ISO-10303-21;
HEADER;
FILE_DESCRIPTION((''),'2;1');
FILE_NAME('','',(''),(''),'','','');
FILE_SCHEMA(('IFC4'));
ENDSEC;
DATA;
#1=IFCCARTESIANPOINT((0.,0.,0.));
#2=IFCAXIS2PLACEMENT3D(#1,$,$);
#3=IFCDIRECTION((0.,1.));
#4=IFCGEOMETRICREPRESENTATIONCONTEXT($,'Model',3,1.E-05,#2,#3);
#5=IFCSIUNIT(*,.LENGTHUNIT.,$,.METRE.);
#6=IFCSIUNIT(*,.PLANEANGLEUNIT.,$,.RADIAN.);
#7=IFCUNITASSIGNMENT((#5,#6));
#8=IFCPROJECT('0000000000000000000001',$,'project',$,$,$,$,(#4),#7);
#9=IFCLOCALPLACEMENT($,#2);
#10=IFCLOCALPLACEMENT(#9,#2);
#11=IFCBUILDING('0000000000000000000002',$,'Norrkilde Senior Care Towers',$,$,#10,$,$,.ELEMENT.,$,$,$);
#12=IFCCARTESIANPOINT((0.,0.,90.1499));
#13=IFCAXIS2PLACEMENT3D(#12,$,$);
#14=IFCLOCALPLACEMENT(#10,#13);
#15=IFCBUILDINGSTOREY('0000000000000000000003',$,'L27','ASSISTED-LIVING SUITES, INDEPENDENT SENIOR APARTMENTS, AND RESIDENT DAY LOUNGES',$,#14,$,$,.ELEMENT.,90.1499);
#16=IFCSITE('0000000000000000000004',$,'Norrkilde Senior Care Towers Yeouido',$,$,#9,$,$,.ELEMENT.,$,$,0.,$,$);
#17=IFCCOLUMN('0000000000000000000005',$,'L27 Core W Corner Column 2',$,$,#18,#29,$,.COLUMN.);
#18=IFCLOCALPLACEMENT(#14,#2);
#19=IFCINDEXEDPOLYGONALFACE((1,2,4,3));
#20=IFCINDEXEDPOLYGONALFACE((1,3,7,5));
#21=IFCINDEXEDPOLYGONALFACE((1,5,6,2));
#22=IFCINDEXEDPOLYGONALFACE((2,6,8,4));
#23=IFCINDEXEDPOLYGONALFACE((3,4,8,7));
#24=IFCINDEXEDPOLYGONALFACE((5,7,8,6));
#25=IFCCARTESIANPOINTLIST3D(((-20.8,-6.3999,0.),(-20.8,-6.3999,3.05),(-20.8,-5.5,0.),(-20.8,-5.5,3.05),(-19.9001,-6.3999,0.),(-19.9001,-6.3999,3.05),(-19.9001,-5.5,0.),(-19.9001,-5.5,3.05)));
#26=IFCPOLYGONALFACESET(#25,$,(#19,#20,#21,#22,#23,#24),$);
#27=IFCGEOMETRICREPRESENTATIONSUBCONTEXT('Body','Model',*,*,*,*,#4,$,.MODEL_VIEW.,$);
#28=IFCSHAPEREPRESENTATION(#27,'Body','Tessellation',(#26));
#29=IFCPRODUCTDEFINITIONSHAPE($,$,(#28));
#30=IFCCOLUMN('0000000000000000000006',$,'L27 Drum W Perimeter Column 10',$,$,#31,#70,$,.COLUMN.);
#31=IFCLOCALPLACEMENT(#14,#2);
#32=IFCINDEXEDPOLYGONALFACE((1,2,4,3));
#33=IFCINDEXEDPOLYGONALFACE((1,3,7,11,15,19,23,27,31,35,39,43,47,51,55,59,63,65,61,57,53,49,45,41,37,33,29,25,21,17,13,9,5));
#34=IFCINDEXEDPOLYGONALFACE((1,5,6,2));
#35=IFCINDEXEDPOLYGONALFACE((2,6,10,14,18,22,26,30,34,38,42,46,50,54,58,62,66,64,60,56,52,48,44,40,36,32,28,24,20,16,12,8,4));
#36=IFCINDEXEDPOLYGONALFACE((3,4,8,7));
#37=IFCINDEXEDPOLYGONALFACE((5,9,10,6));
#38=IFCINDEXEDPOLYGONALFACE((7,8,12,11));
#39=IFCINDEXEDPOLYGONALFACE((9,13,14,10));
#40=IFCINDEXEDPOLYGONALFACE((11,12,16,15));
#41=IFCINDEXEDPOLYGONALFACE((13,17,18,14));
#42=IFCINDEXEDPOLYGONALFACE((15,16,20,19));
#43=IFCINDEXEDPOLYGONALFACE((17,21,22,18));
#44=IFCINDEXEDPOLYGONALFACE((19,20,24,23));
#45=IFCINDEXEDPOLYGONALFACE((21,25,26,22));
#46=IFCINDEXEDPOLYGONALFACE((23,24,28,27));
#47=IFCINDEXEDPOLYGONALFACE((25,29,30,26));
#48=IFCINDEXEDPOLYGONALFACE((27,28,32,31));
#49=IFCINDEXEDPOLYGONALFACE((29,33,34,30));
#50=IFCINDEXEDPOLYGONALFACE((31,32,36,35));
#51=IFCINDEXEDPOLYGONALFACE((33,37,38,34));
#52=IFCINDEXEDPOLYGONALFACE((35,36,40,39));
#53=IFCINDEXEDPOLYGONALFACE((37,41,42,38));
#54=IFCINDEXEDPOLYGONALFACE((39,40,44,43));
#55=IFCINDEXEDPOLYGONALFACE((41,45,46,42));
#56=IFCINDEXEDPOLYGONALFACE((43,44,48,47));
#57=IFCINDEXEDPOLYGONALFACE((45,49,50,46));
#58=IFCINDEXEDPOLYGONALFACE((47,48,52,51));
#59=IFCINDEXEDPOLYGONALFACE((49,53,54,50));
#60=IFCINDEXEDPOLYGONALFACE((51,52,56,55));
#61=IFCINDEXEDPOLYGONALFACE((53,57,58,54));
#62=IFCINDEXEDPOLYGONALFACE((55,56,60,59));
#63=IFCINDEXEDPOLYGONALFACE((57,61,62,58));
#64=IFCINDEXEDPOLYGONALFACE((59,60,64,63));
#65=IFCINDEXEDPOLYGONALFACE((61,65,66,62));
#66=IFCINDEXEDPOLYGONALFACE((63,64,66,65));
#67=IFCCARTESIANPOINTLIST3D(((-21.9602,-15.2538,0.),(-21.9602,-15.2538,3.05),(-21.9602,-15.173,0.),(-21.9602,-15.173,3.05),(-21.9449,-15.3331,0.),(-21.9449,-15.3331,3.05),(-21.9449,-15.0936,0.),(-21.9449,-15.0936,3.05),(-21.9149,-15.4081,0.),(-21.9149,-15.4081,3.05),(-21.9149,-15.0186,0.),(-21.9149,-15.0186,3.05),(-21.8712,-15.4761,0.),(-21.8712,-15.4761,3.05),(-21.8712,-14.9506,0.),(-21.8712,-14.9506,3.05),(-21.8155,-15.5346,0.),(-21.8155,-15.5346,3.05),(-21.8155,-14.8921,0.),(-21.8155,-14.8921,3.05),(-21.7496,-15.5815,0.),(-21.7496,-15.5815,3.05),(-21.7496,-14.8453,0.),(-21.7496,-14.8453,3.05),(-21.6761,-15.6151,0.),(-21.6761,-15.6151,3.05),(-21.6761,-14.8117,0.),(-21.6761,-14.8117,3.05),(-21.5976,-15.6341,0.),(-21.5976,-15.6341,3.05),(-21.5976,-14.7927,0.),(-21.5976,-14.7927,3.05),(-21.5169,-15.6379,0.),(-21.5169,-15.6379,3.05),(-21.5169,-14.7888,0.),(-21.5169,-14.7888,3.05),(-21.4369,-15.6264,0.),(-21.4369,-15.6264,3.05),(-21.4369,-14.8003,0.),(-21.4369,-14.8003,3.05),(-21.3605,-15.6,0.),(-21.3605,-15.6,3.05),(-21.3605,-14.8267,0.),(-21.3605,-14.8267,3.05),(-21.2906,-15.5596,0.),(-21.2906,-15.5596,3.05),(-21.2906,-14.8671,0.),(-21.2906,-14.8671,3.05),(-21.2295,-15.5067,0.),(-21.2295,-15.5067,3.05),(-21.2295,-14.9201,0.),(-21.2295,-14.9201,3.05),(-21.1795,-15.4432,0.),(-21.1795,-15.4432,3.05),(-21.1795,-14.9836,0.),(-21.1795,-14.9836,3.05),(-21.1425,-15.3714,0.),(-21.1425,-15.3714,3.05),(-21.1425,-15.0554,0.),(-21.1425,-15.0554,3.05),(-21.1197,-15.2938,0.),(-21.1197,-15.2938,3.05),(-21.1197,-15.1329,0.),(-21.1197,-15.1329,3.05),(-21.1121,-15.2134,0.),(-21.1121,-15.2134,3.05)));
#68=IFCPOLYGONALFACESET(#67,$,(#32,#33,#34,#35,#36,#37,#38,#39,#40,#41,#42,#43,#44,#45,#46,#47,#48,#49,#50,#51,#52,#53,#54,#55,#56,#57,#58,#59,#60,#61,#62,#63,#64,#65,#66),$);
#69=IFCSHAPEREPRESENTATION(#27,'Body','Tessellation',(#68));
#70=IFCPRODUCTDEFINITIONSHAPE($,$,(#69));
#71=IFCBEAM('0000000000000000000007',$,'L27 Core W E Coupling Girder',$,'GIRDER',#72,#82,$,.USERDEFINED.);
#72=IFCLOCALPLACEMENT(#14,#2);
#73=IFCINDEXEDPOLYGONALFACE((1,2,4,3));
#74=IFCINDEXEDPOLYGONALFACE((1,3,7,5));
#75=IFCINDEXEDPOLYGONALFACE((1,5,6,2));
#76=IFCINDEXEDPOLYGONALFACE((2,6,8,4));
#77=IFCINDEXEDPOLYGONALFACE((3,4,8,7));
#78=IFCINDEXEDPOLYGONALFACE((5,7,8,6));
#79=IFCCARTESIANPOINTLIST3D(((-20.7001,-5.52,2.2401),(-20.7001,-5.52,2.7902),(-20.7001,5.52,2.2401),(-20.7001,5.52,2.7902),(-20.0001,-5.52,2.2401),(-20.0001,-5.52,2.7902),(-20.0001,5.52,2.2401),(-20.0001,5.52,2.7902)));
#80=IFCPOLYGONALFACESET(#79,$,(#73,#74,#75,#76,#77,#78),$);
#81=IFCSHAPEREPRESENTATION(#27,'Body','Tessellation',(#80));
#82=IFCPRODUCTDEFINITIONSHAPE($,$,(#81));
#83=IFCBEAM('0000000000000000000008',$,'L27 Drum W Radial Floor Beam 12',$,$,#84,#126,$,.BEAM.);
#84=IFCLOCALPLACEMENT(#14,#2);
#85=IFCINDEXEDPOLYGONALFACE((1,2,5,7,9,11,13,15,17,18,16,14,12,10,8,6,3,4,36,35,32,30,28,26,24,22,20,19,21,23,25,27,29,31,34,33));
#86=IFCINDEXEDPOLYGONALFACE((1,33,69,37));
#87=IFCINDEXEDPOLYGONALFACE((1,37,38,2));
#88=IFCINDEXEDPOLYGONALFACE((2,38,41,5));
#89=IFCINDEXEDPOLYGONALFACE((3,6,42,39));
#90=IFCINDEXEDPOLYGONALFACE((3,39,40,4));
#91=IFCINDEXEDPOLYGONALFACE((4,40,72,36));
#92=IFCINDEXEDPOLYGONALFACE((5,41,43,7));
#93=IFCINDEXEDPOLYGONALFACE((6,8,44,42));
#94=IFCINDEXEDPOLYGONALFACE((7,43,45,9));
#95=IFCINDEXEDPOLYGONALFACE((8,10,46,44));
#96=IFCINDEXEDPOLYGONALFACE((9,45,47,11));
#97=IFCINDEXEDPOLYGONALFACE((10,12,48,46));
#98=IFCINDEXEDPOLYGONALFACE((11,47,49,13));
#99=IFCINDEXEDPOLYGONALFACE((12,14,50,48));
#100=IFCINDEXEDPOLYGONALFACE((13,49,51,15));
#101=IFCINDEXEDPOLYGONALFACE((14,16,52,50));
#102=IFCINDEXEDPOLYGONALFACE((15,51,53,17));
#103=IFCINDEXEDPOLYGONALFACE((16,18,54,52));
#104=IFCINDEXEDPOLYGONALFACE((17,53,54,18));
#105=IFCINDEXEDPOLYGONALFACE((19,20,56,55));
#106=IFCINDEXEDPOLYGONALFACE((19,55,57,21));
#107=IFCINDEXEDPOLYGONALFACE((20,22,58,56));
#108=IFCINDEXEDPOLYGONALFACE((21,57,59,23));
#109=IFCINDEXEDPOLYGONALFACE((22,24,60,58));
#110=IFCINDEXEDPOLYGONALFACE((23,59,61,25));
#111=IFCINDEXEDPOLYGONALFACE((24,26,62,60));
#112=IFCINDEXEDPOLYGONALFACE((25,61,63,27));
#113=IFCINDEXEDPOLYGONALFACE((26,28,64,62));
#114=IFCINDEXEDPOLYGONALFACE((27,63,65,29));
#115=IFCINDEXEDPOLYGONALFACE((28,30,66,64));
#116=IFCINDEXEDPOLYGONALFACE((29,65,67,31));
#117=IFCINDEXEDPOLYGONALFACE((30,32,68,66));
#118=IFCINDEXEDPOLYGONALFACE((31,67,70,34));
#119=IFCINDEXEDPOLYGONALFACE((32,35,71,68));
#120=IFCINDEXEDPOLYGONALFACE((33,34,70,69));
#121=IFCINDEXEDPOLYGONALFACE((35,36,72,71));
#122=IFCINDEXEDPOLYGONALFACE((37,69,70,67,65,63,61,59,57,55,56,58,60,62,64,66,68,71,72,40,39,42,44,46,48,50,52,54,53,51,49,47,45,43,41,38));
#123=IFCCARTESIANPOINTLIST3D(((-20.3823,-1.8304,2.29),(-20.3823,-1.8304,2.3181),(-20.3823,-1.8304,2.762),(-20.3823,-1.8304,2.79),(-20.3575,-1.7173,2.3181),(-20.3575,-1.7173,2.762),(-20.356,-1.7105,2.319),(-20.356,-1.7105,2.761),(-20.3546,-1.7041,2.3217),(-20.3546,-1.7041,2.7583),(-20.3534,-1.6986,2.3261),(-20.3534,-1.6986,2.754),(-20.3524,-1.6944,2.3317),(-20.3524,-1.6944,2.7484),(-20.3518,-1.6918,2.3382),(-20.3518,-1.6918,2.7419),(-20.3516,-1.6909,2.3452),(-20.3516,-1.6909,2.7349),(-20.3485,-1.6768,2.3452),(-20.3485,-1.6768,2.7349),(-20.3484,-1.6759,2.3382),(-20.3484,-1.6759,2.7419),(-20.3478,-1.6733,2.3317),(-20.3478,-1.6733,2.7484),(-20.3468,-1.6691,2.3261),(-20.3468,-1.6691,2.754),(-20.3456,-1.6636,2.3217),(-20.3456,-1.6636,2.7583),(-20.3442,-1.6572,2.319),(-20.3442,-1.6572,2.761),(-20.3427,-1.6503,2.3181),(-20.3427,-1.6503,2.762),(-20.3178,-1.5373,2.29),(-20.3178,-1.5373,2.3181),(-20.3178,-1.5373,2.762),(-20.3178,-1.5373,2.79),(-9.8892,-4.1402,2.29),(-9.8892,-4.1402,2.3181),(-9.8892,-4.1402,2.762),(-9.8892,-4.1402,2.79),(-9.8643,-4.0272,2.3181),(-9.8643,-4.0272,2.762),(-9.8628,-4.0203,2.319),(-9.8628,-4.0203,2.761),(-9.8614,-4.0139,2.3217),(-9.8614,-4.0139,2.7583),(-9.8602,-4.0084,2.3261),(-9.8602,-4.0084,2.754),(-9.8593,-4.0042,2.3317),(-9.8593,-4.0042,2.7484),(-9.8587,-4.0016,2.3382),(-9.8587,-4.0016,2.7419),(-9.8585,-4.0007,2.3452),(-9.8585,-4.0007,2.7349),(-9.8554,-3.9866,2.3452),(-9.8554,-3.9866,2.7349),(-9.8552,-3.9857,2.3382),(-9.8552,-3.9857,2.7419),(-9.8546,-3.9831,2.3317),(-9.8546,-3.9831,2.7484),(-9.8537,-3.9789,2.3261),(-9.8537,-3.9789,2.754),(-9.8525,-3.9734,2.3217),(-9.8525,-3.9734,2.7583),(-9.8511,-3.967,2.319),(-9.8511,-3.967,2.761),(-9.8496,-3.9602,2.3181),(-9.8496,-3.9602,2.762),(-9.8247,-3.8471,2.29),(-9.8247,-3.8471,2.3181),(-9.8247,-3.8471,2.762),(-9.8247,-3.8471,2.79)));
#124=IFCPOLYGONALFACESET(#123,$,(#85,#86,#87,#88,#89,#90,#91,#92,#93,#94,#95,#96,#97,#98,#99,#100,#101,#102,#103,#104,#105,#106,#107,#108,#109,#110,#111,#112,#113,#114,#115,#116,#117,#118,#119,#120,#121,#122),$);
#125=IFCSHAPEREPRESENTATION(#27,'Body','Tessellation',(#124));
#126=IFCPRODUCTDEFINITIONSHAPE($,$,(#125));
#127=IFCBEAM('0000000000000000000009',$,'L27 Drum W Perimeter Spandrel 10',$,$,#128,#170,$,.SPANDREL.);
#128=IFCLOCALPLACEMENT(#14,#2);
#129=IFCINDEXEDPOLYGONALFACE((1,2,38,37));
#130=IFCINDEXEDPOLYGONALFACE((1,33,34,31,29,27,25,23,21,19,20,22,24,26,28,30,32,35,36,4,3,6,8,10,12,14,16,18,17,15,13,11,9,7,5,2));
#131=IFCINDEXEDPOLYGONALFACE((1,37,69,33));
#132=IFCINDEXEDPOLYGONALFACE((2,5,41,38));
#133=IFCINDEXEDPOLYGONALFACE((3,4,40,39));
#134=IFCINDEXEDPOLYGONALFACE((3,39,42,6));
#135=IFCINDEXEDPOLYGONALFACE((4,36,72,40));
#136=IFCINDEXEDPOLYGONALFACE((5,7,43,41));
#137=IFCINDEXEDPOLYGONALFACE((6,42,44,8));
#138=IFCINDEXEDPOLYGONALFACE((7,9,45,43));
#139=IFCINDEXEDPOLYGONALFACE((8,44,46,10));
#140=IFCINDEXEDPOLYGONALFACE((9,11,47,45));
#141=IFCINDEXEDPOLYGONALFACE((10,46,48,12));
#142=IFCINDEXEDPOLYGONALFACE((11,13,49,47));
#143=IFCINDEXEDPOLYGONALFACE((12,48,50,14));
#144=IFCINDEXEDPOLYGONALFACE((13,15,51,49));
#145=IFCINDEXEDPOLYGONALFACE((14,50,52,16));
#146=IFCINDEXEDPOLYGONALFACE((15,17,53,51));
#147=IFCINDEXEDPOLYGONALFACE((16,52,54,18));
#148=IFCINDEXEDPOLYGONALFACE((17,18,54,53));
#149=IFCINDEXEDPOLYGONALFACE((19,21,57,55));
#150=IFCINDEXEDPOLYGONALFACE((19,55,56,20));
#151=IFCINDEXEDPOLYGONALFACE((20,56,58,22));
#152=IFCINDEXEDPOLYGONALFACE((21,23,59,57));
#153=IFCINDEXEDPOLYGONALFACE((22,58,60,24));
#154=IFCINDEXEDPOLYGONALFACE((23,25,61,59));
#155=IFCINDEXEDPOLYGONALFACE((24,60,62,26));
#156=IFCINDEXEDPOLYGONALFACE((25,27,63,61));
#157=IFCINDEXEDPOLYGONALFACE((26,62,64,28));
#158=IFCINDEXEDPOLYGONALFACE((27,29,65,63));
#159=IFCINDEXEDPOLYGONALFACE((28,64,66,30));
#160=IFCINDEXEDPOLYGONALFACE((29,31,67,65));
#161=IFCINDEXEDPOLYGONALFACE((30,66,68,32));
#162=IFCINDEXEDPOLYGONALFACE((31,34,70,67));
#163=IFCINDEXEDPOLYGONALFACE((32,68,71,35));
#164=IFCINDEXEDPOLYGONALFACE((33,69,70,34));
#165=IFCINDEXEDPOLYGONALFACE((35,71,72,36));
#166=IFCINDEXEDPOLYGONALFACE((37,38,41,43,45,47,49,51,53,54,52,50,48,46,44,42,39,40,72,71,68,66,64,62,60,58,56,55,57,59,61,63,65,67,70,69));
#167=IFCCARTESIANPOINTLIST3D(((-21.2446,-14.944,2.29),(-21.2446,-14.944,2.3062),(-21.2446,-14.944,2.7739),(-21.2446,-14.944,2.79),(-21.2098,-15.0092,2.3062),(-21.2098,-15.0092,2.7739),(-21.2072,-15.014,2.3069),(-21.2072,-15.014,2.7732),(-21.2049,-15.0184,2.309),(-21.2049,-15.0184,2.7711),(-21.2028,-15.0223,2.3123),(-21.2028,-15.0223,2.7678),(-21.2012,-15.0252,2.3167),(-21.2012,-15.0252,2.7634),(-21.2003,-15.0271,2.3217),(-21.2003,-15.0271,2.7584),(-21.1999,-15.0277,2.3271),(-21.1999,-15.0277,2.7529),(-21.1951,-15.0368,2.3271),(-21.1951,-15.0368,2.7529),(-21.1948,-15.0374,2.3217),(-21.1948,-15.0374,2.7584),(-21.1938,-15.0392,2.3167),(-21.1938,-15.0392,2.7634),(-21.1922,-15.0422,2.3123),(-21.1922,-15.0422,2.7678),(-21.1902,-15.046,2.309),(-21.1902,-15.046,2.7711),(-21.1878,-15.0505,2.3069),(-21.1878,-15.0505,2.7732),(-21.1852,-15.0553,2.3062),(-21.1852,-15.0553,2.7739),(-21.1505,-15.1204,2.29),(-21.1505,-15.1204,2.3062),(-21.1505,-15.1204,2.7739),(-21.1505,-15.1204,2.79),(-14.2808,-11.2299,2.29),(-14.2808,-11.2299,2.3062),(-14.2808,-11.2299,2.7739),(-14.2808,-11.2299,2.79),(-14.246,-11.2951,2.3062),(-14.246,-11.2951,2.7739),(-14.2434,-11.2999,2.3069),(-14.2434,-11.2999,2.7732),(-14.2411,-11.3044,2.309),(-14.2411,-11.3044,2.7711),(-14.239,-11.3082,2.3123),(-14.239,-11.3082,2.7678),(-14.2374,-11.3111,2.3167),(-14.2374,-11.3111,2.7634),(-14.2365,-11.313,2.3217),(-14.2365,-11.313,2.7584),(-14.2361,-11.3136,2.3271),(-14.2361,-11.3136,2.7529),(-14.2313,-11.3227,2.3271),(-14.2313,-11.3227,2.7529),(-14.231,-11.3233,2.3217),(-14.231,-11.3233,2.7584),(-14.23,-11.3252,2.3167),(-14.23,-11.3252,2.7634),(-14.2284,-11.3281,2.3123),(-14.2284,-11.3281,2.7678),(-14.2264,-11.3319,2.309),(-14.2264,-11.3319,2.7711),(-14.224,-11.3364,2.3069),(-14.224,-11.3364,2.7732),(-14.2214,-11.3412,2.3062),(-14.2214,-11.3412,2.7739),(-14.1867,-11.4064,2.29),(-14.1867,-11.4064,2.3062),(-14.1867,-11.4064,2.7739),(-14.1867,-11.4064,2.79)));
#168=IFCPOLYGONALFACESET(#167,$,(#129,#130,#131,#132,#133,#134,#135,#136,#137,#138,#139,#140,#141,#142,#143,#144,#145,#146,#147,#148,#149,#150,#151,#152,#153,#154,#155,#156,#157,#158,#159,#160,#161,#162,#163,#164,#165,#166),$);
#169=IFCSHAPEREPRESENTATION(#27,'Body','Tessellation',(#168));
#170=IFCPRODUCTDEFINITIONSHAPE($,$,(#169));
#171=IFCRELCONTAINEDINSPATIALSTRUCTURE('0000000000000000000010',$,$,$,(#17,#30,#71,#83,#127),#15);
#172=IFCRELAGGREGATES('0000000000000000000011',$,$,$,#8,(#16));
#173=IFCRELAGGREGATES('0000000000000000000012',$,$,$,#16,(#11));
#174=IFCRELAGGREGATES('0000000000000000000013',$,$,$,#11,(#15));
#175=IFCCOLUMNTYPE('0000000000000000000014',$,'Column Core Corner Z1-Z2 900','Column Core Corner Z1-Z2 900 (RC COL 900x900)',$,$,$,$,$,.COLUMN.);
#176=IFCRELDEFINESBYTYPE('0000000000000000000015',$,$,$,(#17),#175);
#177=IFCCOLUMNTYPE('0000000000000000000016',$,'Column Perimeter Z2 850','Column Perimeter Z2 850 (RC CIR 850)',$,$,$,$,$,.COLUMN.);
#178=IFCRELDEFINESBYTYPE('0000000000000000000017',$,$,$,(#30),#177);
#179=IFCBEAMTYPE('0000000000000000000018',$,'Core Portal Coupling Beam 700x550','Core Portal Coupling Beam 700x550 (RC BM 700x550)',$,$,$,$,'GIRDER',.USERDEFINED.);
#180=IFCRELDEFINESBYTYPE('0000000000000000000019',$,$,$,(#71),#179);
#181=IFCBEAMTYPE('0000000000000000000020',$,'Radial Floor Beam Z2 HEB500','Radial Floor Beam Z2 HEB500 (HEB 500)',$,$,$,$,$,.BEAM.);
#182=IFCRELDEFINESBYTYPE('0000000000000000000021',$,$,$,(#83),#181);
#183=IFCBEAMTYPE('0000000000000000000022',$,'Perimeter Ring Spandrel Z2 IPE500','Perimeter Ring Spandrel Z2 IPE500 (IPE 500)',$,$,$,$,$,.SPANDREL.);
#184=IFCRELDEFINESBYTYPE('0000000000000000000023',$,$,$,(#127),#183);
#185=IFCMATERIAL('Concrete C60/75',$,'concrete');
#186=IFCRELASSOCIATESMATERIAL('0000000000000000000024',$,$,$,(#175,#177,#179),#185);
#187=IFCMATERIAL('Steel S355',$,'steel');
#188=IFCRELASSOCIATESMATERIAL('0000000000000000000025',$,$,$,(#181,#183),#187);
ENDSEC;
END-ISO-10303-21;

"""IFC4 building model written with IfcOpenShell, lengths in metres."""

from ifc_helpers import new_model, si_unit, direction, frame, origin, origin_2d, place, context, subcontext, project, spatial, rectangle, circle, i_section, extrude, source, transform, mapped, material, material_profile, profile_set, type_object, type_shapes, element, save


model = new_model("IFC4")

# Units and contexts
model_context = context("Model", 3, precision=1e-05, world=origin(), true_north=direction((0.0, 1.0)))
body_context = subcontext(model_context, "Body", "Model", "MODEL_VIEW")
ifc_project = project(units=[si_unit("LENGTHUNIT", "METRE"), si_unit("PLANEANGLEUNIT", "RADIAN")], contexts=[model_context])

# Site, building, storey
site_placement = place(None, origin())
site = spatial("IfcSite", under=ifc_project, at=site_placement, Name="Norrkilde Senior Care Towers Yeouido", CompositionType="ELEMENT", RefElevation=0.0)
building_placement = place(site_placement, origin())
building = spatial("IfcBuilding", under=site, at=building_placement, Name="Norrkilde Senior Care Towers", CompositionType="ELEMENT")
storey_placement = place(building_placement, frame((0.0, 0.0, 90.1499)))
storey = spatial("IfcBuildingStorey", under=building, at=storey_placement, Name="L27", Description="ASSISTED-LIVING SUITES, INDEPENDENT SENIOR APARTMENTS, AND RESIDENT DAY LOUNGES", CompositionType="ELEMENT", Elevation=90.1499)

# Columns
ifc_material_1 = material(Name="Concrete C60/75", Category="concrete")
ifc_material_profile_1 = material_profile(ifc_material_1, rectangle(XDim=0.8999, YDim=0.8999, at=origin_2d()), Name="RC COL 900x900")
ifc_profile_set_1 = profile_set([ifc_material_profile_1], Name="Concrete C60/75")
column_type_1 = type_object("IfcColumnType", Name="Column Core Corner Z1-Z2 900", Description="Column Core Corner Z1-Z2 900 (RC COL 900x900)", PredefinedType="COLUMN", material=ifc_profile_set_1)
shared_shape_1 = source(origin(), body_context, "Body", "SweptSolid", [
    extrude(rectangle(XDim=0.8999, YDim=0.8999, at=origin_2d()), origin(), (0.0, 0.0, 1.0), 3.05),
])
type_shapes(column_type_1, [shared_shape_1])
column_1_placement = place(storey_placement, frame((-20.3501, -5.95, 0.0), z_axis=(0.0, 0.0, 1.0), x_axis=(1.0, 0.0, 0.0)))
element("IfcColumn", 1, at=column_1_placement, inside=storey, type_object=column_type_1, Name="L27 Core W Corner Column 2", PredefinedType="COLUMN", context=body_context, shape_type="MappedRepresentation", body=[
    mapped(shared_shape_1, transform((0.0, 0.0, 0.0), x_axis=(1.0, 0.0, 0.0), y_axis=(0.0, 1.0, 0.0), z_axis=(0.0, 0.0, 1.0), scale=1.0)),
])
ifc_material_profile_2 = material_profile(ifc_material_1, circle(Radius=0.425, at=origin_2d()), Name="RC CIR 850")
ifc_profile_set_2 = profile_set([ifc_material_profile_2], Name="Concrete C60/75")
column_type_2 = type_object("IfcColumnType", Name="Column Perimeter Z2 850", Description="Column Perimeter Z2 850 (RC CIR 850)", PredefinedType="COLUMN", material=ifc_profile_set_2)
shared_shape_2 = source(origin(), body_context, "Body", "SweptSolid", [
    extrude(circle(Radius=0.425, at=origin_2d()), origin(), (0.0, 0.0, 1.0), 3.05),
])
type_shapes(column_type_2, [shared_shape_2])
column_2_placement = place(storey_placement, frame((-21.5371, -15.2134, 0.0), z_axis=(0.0, 0.0, 1.0), x_axis=(1.0, 0.0, 0.0)))
element("IfcColumn", 2, at=column_2_placement, inside=storey, type_object=column_type_2, Name="L27 Drum W Perimeter Column 10", PredefinedType="COLUMN", context=body_context, shape_type="MappedRepresentation", body=[
    mapped(shared_shape_2, transform((0.0, 0.0, 0.0), x_axis=(1.0, 0.0, 0.0), y_axis=(0.0, 1.0, 0.0), z_axis=(0.0, 0.0, 1.0), scale=1.0)),
])

# Beams
ifc_material_profile_3 = material_profile(ifc_material_1, rectangle(XDim=0.7, YDim=0.55, at=origin_2d()), Name="RC BM 700x550")
ifc_profile_set_3 = profile_set([ifc_material_profile_3], Name="Concrete C60/75")
beam_type_1 = type_object("IfcBeamType", Name="Core Portal Coupling Beam 700x550", Description="Core Portal Coupling Beam 700x550 (RC BM 700x550)", ElementType="GIRDER", PredefinedType="USERDEFINED", material=ifc_profile_set_3)
shared_shape_3 = source(origin(), body_context, "Body", "SweptSolid", [
    extrude(rectangle(XDim=0.7, YDim=0.55, at=origin_2d()), origin(), (0.0, 0.0, 1.0), 11.04),
])
type_shapes(beam_type_1, [shared_shape_3])
beam_1_placement = place(storey_placement, frame((-20.3501, -5.52, 2.5151), z_axis=(0.0, 1.0, 0.0), x_axis=(-1.0, 0.0, 0.0)))
element("IfcBeam", 3, at=beam_1_placement, inside=storey, type_object=beam_type_1, Name="L27 Core W E Coupling Girder", ObjectType="GIRDER", PredefinedType="USERDEFINED", context=body_context, shape_type="MappedRepresentation", body=[
    mapped(shared_shape_3, transform((0.0, 0.0, 0.0), x_axis=(1.0, 0.0, 0.0), y_axis=(0.0, 1.0, 0.0), z_axis=(0.0, 0.0, 1.0), scale=1.0)),
])
ifc_material_2 = material(Name="Steel S355", Category="steel")
ifc_material_profile_4 = material_profile(ifc_material_2, i_section(OverallWidth=0.3, OverallDepth=0.5, WebThickness=0.0144, FlangeThickness=0.0281, FilletRadius=0.0271, at=origin_2d()), Name="HEB 500")
ifc_profile_set_4 = profile_set([ifc_material_profile_4], Name="Steel S355")
beam_type_2 = type_object("IfcBeamType", Name="Radial Floor Beam Z2 HEB500", Description="Radial Floor Beam Z2 HEB500 (HEB 500)", PredefinedType="BEAM", material=ifc_profile_set_4)
shared_shape_4 = source(origin(), body_context, "Body", "SweptSolid", [
    extrude(i_section(OverallWidth=0.3, OverallDepth=0.5, WebThickness=0.0144, FlangeThickness=0.0281, FilletRadius=0.0271, at=origin_2d()), origin(), (0.0, 0.0, 1.0), 10.7444),
])
beam_2_placement = place(storey_placement, frame((-20.3501, -1.6838, 2.54), z_axis=(0.976619, -0.214979, 0.0), x_axis=(0.214979, 0.976619, 0.0)))
element("IfcBeam", 4, at=beam_2_placement, inside=storey, type_object=beam_type_2, Name="L27 Drum W Radial Floor Beam 12", PredefinedType="BEAM", context=body_context, shape_type="MappedRepresentation", body=[
    mapped(shared_shape_4, transform((0.0, 0.0, 0.0), x_axis=(1.0, 0.0, 0.0), y_axis=(0.0, 1.0, 0.0), z_axis=(0.0, 0.0, 1.0), scale=1.0)),
])
ifc_material_profile_5 = material_profile(ifc_material_2, i_section(OverallWidth=0.2, OverallDepth=0.5, WebThickness=0.0103, FlangeThickness=0.0161, FilletRadius=0.021, at=origin_2d()), Name="IPE 500")
ifc_profile_set_5 = profile_set([ifc_material_profile_5], Name="Steel S355")
beam_type_3 = type_object("IfcBeamType", Name="Perimeter Ring Spandrel Z2 IPE500", Description="Perimeter Ring Spandrel Z2 IPE500 (IPE 500)", PredefinedType="SPANDREL", material=ifc_profile_set_5)
shared_shape_5 = source(origin(), body_context, "Body", "SweptSolid", [
    extrude(i_section(OverallWidth=0.2, OverallDepth=0.5, WebThickness=0.0103, FlangeThickness=0.0161, FilletRadius=0.021, at=origin_2d()), origin(), (0.0, 0.0, 1.0), 7.8923),
])
type_shapes(beam_type_3, [shared_shape_5])
beam_3_placement = place(storey_placement, frame((-21.1975, -15.0322, 2.54), z_axis=(0.88235, 0.470593, 0.0), x_axis=(-0.470593, 0.88235, 0.0)))
element("IfcBeam", 5, at=beam_3_placement, inside=storey, type_object=beam_type_3, Name="L27 Drum W Perimeter Spandrel 10", PredefinedType="SPANDREL", context=body_context, shape_type="MappedRepresentation", body=[
    mapped(shared_shape_5, transform((0.0, 0.0, 0.0), x_axis=(1.0, 0.0, 0.0), y_axis=(0.0, 1.0, 0.0), z_axis=(0.0, 0.0, 1.0), scale=1.0)),
])

save(model, "model.ifc")
